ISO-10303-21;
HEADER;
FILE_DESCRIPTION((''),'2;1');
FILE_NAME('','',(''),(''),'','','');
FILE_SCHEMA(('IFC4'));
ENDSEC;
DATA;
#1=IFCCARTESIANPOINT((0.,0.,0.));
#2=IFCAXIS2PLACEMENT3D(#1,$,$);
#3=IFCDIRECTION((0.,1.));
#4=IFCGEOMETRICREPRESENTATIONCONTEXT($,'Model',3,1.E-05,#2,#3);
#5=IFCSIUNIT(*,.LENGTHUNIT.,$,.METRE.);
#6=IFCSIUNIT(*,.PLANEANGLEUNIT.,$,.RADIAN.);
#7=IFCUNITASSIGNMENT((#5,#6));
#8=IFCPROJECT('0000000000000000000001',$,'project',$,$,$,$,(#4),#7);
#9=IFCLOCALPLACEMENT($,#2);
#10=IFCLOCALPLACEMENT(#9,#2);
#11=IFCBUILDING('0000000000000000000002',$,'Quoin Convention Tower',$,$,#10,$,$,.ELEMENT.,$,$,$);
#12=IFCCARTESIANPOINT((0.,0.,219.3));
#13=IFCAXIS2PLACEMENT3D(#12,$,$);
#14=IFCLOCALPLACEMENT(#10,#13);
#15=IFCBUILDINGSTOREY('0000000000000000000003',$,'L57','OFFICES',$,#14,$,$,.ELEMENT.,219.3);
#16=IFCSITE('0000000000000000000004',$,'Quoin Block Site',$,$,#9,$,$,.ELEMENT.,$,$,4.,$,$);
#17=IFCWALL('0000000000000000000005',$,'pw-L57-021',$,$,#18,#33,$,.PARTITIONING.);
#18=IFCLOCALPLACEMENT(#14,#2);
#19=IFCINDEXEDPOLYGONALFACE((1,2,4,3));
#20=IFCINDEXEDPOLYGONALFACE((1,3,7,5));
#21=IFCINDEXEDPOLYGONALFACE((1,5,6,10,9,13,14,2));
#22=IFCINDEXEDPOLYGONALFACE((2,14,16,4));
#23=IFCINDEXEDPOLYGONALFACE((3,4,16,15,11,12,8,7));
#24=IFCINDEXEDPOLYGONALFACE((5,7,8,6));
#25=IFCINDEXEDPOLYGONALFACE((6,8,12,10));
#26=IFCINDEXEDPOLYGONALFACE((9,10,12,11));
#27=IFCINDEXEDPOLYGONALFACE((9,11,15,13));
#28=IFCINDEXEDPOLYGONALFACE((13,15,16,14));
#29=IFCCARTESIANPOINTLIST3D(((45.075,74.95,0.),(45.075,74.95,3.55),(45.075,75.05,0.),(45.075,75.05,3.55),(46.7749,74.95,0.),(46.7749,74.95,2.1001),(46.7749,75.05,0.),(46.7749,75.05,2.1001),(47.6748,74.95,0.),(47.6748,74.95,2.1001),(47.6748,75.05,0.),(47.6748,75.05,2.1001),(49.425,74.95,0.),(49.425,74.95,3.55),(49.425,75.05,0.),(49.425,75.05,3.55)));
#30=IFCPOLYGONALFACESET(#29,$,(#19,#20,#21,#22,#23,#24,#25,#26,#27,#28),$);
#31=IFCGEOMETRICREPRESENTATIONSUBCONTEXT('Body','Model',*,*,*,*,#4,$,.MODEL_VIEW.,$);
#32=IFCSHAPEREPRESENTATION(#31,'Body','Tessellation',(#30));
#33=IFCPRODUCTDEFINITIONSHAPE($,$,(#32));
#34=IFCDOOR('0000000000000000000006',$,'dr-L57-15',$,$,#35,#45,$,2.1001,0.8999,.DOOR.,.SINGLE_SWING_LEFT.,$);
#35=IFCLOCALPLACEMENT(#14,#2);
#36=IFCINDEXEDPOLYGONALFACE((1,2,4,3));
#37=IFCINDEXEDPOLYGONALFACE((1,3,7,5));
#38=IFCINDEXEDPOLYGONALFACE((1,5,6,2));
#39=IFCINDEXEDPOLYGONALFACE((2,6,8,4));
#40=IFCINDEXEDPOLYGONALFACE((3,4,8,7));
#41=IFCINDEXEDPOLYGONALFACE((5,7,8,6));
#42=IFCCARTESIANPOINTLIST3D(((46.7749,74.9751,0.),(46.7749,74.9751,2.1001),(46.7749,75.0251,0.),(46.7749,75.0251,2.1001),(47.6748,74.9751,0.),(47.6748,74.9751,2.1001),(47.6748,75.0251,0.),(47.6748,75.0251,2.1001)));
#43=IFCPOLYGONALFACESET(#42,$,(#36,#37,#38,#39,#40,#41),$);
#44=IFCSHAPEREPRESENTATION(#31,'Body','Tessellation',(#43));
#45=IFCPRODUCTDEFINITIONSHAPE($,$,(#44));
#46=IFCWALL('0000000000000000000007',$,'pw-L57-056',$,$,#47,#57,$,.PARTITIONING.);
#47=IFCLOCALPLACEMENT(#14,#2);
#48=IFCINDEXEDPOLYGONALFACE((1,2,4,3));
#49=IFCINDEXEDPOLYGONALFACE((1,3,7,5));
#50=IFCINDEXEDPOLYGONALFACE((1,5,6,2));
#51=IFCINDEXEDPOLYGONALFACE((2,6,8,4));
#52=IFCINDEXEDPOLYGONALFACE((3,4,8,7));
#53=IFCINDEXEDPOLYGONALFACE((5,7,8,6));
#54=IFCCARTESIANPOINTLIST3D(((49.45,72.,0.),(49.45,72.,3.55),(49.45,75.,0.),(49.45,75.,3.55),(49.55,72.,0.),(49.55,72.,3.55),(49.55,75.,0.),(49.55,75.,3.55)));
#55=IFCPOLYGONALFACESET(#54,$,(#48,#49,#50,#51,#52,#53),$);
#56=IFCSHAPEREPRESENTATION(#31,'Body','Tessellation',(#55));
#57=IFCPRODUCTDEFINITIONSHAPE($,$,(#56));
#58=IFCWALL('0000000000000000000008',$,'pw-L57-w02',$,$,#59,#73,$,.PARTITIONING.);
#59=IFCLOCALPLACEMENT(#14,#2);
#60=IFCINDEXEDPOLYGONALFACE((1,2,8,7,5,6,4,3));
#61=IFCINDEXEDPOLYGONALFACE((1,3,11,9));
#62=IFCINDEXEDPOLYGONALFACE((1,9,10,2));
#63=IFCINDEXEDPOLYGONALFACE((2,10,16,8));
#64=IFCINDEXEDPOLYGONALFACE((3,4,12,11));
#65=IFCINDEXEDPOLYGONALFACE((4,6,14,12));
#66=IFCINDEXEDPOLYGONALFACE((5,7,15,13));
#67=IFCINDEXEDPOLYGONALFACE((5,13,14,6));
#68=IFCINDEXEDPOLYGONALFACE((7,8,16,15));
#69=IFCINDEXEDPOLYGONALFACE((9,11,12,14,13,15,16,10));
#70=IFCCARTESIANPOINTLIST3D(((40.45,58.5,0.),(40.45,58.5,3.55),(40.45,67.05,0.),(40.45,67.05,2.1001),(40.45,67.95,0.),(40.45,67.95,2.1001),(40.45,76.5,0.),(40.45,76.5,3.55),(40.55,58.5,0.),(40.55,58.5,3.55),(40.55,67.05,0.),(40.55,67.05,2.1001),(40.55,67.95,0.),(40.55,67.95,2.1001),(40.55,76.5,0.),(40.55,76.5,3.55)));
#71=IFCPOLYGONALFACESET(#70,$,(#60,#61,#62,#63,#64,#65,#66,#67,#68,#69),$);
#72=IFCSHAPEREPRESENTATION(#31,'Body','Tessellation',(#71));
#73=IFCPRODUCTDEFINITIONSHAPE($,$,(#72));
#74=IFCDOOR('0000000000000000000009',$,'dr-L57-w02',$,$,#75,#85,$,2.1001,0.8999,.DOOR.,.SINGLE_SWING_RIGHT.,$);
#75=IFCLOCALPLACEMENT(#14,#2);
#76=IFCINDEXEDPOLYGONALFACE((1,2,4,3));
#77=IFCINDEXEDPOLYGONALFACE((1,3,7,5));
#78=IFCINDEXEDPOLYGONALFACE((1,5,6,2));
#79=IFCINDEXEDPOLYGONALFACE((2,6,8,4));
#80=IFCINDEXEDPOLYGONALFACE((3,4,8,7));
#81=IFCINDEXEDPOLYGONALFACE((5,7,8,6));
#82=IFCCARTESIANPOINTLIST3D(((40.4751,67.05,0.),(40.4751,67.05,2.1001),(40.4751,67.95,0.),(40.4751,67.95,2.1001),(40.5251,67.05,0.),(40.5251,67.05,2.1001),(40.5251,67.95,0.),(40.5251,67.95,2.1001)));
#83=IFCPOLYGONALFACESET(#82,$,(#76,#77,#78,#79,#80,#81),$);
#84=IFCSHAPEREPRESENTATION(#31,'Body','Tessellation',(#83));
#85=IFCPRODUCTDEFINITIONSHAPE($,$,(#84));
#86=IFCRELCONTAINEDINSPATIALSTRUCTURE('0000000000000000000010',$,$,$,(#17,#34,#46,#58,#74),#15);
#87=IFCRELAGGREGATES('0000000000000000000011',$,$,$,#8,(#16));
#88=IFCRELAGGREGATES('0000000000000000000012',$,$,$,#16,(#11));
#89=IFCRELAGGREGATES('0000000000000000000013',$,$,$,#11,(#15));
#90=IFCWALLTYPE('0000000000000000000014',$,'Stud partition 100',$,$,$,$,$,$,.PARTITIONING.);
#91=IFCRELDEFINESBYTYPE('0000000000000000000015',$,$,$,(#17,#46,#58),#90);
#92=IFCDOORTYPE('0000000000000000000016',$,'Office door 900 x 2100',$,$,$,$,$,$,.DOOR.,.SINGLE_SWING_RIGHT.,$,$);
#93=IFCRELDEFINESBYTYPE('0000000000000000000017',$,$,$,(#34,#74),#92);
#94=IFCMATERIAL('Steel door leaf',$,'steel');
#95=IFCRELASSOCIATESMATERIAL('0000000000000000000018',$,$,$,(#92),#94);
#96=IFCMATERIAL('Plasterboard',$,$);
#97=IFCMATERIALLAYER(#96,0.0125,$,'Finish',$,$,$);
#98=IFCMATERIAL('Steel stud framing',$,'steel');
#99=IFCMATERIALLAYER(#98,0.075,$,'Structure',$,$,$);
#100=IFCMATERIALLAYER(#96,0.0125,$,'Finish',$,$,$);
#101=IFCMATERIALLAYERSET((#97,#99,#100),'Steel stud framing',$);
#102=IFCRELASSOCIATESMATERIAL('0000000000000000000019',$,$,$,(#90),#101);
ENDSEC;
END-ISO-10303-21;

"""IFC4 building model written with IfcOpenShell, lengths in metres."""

from ifc_helpers import new_model, si_unit, direction, frame, frame_2d, origin, place, context, subcontext, project, spatial, rectangle, extrude, material, layer, layer_set, type_object, element, fill, save


model = new_model("IFC4")

# Units and contexts
model_context = context("Model", 3, precision=1e-05, world=origin(), true_north=direction((0.0, 1.0)))
body_context = subcontext(model_context, "Body", "Model", "MODEL_VIEW")
ifc_project = project(units=[si_unit("LENGTHUNIT", "METRE"), si_unit("PLANEANGLEUNIT", "RADIAN")], contexts=[model_context])

# Site, building, storey
site_placement = place(None, origin())
site = spatial("IfcSite", under=ifc_project, at=site_placement, Name="Quoin Block Site", CompositionType="ELEMENT", RefElevation=4.0)
building_placement = place(site_placement, origin())
building = spatial("IfcBuilding", under=site, at=building_placement, Name="Quoin Convention Tower", CompositionType="ELEMENT")
storey_placement = place(building_placement, frame((0.0, 0.0, 219.3)))
storey = spatial("IfcBuildingStorey", under=building, at=storey_placement, Name="L57", Description="OFFICES", CompositionType="ELEMENT", Elevation=219.3)

# Shared definitions
ifc_material_1 = material(Name="Plasterboard")
ifc_material_2 = material(Name="Steel stud framing", Category="steel")
ifc_material_3 = material(Name="Steel door leaf", Category="steel")
door_type_1 = type_object("IfcDoorType", Name="Office door 900 x 2100", OperationType="SINGLE_SWING_RIGHT", PredefinedType="DOOR", material=ifc_material_3)

# Wall, opening, door
ifc_layer_1 = layer(ifc_material_1, 0.0125, Name="Finish")
ifc_layer_2 = layer(ifc_material_2, 0.075, Name="Structure")
ifc_layer_3 = layer(ifc_material_1, 0.0125, Name="Finish")
ifc_layer_set_1 = layer_set([ifc_layer_1, ifc_layer_2, ifc_layer_3], Name="Steel stud framing")
wall_type_1 = type_object("IfcWallType", Name="Stud partition 100", PredefinedType="PARTITIONING", material=ifc_layer_set_1)
wall_1_placement = place(storey_placement, frame((45.075, 75.0, 0.0), z_axis=(0.0, 0.0, 1.0), x_axis=(1.0, 0.0, 0.0)))
wall_1 = element("IfcWall", 1, at=wall_1_placement, inside=storey, type_object=wall_type_1, Name="pw-L57-021", PredefinedType="PARTITIONING", context=body_context, shape_type="SweptSolid", body=[
    extrude(rectangle(XDim=4.3501, YDim=0.1001, at=frame_2d((2.175, 0.0))), origin(), (0.0, 0.0, 1.0), 3.55),
])
opening_1_placement = place(wall_1_placement, frame((1.7, 0.0, 0.0)))
opening_1 = element("IfcOpeningElement", 2, at=opening_1_placement, cuts=wall_1, PredefinedType="OPENING", context=body_context, shape_type="SweptSolid", body=[
    extrude(rectangle(XDim=0.8999, YDim=2.1001, at=frame_2d((0.45, 1.05))), frame((0.0, 0.0601, 0.0), z_axis=(0.0, -1.0, 0.0), x_axis=(1.0, 0.0, 0.0)), (0.0, 0.0, 1.0), 0.1201),
])
door_1_placement = place(opening_1_placement, frame((0.8999, 0.0, 0.0), z_axis=(0.0, 0.0, 1.0), x_axis=(-1.0, 0.0, 0.0)))
door_1 = element("IfcDoor", 3, at=door_1_placement, inside=storey, type_object=door_type_1, Name="dr-L57-15", OperationType="SINGLE_SWING_LEFT", OverallHeight=2.1001, OverallWidth=0.8999, PredefinedType="DOOR", context=body_context, shape_type="SweptSolid", body=[
    extrude(rectangle(XDim=0.8999, YDim=2.1001, at=frame_2d((0.45, 1.05))), frame((0.0, 0.0249, 0.0), z_axis=(0.0, -1.0, 0.0), x_axis=(1.0, 0.0, 0.0)), (0.0, 0.0, 1.0), 0.05),
])
fill(opening_1, door_1)

# Wall
wall_2_placement = place(storey_placement, frame((49.5, 72.0, 0.0), z_axis=(0.0, 0.0, 1.0), x_axis=(0.0, 1.0, 0.0)))
element("IfcWall", 4, at=wall_2_placement, inside=storey, type_object=wall_type_1, Name="pw-L57-056", PredefinedType="PARTITIONING", context=body_context, shape_type="SweptSolid", body=[
    extrude(rectangle(XDim=3.0, YDim=0.1001, at=frame_2d((1.5, 0.0))), origin(), (0.0, 0.0, 1.0), 3.55),
])

# Wall, opening, door
wall_3_placement = place(storey_placement, frame((40.5, 76.5, 0.0), z_axis=(0.0, 0.0, 1.0), x_axis=(0.0, -1.0, 0.0)))
wall_3 = element("IfcWall", 5, at=wall_3_placement, inside=storey, type_object=wall_type_1, Name="pw-L57-w02", PredefinedType="PARTITIONING", context=body_context, shape_type="SweptSolid", body=[
    extrude(rectangle(XDim=18.0, YDim=0.1001, at=frame_2d((9.0, 0.0))), origin(), (0.0, 0.0, 1.0), 3.55),
])
opening_2_placement = place(wall_3_placement, frame((8.55, 0.0, 0.0)))
opening_2 = element("IfcOpeningElement", 6, at=opening_2_placement, cuts=wall_3, PredefinedType="OPENING", context=body_context, shape_type="SweptSolid", body=[
    extrude(rectangle(XDim=0.8999, YDim=2.1001, at=frame_2d((0.45, 1.05))), frame((0.0, 0.0601, 0.0), z_axis=(0.0, -1.0, 0.0), x_axis=(1.0, 0.0, 0.0)), (0.0, 0.0, 1.0), 0.1201),
])
door_2_placement = place(opening_2_placement, frame((0.8999, 0.0, 0.0), z_axis=(0.0, 0.0, 1.0), x_axis=(-1.0, 0.0, 0.0)))
door_2 = element("IfcDoor", 7, at=door_2_placement, inside=storey, type_object=door_type_1, Name="dr-L57-w02", OperationType="SINGLE_SWING_RIGHT", OverallHeight=2.1001, OverallWidth=0.8999, PredefinedType="DOOR", context=body_context, shape_type="SweptSolid", body=[
    extrude(rectangle(XDim=0.8999, YDim=2.1001, at=frame_2d((0.45, 1.05))), frame((0.0, 0.0249, 0.0), z_axis=(0.0, -1.0, 0.0), x_axis=(1.0, 0.0, 0.0)), (0.0, 0.0, 1.0), 0.05),
])
fill(opening_2, door_2)

save(model, "model.ifc")
